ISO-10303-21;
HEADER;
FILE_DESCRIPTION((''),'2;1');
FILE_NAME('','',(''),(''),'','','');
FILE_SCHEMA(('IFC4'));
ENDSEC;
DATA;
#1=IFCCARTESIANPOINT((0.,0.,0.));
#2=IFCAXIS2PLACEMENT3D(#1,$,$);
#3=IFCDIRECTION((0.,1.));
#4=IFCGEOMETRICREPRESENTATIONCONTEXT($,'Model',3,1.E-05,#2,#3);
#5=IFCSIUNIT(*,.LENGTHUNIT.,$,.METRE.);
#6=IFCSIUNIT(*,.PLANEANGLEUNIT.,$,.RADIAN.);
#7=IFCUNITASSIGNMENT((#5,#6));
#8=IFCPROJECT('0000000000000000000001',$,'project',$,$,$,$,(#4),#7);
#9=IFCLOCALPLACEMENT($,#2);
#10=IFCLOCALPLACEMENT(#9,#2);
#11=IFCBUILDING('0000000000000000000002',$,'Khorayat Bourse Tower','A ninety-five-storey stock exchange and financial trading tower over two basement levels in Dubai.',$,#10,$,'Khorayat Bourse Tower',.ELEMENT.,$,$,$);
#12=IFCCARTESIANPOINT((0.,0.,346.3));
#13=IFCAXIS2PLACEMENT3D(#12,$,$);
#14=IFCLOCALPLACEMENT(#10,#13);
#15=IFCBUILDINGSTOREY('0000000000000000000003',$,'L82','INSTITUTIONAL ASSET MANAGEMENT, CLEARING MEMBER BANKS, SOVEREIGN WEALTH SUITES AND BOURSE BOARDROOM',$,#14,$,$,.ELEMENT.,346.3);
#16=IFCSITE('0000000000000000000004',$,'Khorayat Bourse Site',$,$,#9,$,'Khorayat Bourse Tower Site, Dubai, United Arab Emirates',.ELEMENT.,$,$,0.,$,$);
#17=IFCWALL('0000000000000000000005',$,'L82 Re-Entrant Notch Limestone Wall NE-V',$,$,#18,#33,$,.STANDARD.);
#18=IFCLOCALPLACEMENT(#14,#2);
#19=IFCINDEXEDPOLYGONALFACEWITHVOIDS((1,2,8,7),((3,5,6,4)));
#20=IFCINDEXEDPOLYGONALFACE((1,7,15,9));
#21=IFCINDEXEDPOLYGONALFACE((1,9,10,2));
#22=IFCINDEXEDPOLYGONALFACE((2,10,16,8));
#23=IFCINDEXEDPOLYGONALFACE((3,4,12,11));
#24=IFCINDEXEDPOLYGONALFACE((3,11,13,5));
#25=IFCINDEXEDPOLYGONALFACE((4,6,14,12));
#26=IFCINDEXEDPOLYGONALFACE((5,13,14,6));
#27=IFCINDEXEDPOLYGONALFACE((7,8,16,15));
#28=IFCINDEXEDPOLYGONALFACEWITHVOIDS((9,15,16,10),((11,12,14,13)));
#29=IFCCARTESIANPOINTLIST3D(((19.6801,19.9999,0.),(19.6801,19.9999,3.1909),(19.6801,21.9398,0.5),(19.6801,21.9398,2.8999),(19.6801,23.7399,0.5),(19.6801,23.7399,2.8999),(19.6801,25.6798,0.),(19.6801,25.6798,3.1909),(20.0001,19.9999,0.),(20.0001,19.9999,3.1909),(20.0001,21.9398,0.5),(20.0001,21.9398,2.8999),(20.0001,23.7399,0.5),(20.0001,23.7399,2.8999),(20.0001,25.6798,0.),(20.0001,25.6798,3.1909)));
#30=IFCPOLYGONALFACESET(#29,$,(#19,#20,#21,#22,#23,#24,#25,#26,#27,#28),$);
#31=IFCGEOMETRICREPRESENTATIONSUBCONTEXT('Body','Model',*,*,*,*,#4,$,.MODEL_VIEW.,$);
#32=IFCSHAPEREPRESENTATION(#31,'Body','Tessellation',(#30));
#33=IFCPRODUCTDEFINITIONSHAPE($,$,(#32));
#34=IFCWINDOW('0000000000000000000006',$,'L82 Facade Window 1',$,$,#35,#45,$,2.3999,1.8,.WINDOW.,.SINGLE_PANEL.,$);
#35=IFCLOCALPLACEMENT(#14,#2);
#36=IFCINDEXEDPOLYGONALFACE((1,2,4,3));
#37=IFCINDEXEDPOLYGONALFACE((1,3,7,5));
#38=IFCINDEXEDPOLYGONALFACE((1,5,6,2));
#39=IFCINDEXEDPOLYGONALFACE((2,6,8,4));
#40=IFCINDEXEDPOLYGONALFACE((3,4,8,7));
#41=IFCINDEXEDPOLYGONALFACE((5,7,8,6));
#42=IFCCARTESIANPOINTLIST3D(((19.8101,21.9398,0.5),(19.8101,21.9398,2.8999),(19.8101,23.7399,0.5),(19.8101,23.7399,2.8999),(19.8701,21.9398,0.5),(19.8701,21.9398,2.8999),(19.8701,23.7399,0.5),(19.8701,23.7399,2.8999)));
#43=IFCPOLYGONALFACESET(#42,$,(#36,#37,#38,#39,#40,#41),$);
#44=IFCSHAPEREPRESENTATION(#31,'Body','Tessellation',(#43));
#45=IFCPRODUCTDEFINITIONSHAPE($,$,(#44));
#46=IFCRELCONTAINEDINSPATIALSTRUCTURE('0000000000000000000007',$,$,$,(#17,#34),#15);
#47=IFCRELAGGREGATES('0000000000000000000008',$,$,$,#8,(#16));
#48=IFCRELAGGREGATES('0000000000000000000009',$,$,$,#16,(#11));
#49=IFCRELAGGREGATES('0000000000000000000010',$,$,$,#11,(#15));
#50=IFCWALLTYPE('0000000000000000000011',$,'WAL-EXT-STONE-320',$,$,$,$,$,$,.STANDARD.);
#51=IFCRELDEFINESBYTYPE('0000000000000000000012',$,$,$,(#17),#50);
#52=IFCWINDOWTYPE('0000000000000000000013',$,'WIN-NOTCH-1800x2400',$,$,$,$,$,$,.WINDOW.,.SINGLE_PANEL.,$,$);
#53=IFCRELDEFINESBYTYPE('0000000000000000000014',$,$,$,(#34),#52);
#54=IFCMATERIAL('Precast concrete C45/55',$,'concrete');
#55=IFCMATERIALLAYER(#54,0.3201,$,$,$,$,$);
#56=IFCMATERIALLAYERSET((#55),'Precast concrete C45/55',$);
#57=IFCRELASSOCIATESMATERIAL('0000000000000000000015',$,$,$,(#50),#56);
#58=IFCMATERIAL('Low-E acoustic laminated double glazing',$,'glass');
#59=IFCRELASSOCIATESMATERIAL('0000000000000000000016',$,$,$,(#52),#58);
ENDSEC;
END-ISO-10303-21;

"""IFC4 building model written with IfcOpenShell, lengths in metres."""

from ifc_helpers import new_model, si_unit, direction, frame, frame_2d, origin, place, context, subcontext, project, spatial, rectangle, extrude, source, transform, mapped, material, layer, layer_set, type_object, element, fill, save


model = new_model("IFC4")

# Units and contexts
model_context = context("Model", 3, precision=1e-05, world=origin(), true_north=direction((0.0, 1.0)))
body_context = subcontext(model_context, "Body", "Model", "MODEL_VIEW")
ifc_project = project(units=[si_unit("LENGTHUNIT", "METRE"), si_unit("PLANEANGLEUNIT", "RADIAN")], contexts=[model_context])

# Site, building, storey
site_placement = place(None, origin())
site = spatial("IfcSite", under=ifc_project, at=site_placement, Name="Khorayat Bourse Site", LongName="Khorayat Bourse Tower Site, Dubai, United Arab Emirates", CompositionType="ELEMENT", RefElevation=0.0)
building_placement = place(site_placement, origin())
building = spatial("IfcBuilding", under=site, at=building_placement, Name="Khorayat Bourse Tower", Description="A ninety-five-storey stock exchange and financial trading tower over two basement levels in Dubai.", LongName="Khorayat Bourse Tower", CompositionType="ELEMENT")
storey_placement = place(building_placement, frame((0.0, 0.0, 346.3)))
storey = spatial("IfcBuildingStorey", under=building, at=storey_placement, Name="L82", Description="INSTITUTIONAL ASSET MANAGEMENT, CLEARING MEMBER BANKS, SOVEREIGN WEALTH SUITES AND BOURSE BOARDROOM", CompositionType="ELEMENT", Elevation=346.3)

# Wall, opening, window
ifc_material_1 = material(Name="Precast concrete C45/55", Category="concrete")
ifc_layer_1 = layer(ifc_material_1, 0.3201)
ifc_layer_set_1 = layer_set([ifc_layer_1], Name="Precast concrete C45/55")
wall_type = type_object("IfcWallType", Name="WAL-EXT-STONE-320", PredefinedType="STANDARD", material=ifc_layer_set_1)
shared_shape_1 = source(origin(), body_context, "Body", "SweptSolid", [
    extrude(rectangle(XDim=5.6799, YDim=0.3201, at=frame_2d((2.8398, 0.0))), origin(), (0.0, 0.0, 1.0), 3.1909),
])
shared_shape_2 = source(origin(), body_context, "Body", "SweptSolid", [
    extrude(rectangle(XDim=1.8, YDim=2.3999, at=frame_2d((0.8999, 1.2))), frame((0.0, 0.1699, 0.0), z_axis=(0.0, -1.0, 0.0), x_axis=(1.0, 0.0, 0.0)), (0.0, 0.0, 1.0), 0.3401),
])
ifc_material_2 = material(Name="Low-E acoustic laminated double glazing", Category="glass")
window_type = type_object("IfcWindowType", Name="WIN-NOTCH-1800x2400", PartitioningType="SINGLE_PANEL", PredefinedType="WINDOW", material=ifc_material_2)
shared_shape_3 = source(origin(), body_context, "Body", "SweptSolid", [
    extrude(rectangle(XDim=1.8, YDim=2.3999, at=frame_2d((0.8999, 1.2))), frame((0.0, 0.03, 0.0), z_axis=(0.0, -1.0, 0.0), x_axis=(1.0, 0.0, 0.0)), (0.0, 0.0, 1.0), 0.0601),
])
wall_1_placement = place(storey_placement, frame((19.8401, 20.0, 0.0), z_axis=(0.0, 0.0, 1.0), x_axis=(0.0, 1.0, 0.0)))
wall_1 = element("IfcWall", 1, at=wall_1_placement, inside=storey, type_object=wall_type, Name="L82 Re-Entrant Notch Limestone Wall NE-V", PredefinedType="STANDARD", context=body_context, shape_type="MappedRepresentation", body=[
    mapped(shared_shape_1, transform((0.0, 0.0, 0.0), scale=1.0)),
])
opening_1_placement = place(wall_1_placement, frame((1.9399, 0.0, 0.5)))
opening_1 = element("IfcOpeningElement", 2, at=opening_1_placement, cuts=wall_1, PredefinedType="OPENING", context=body_context, shape_type="MappedRepresentation", body=[
    mapped(shared_shape_2, transform((0.0, 0.0, 0.0), scale=1.0)),
])
window_1_placement = place(opening_1_placement, origin())
window_1 = element("IfcWindow", 3, at=window_1_placement, inside=storey, type_object=window_type, Name="L82 Facade Window 1", OverallHeight=2.3999, OverallWidth=1.8, PartitioningType="SINGLE_PANEL", PredefinedType="WINDOW", context=body_context, shape_type="MappedRepresentation", body=[
    mapped(shared_shape_3, transform((0.0, 0.0, 0.0), scale=1.0)),
])
fill(opening_1, window_1)

save(model, "model.ifc")
